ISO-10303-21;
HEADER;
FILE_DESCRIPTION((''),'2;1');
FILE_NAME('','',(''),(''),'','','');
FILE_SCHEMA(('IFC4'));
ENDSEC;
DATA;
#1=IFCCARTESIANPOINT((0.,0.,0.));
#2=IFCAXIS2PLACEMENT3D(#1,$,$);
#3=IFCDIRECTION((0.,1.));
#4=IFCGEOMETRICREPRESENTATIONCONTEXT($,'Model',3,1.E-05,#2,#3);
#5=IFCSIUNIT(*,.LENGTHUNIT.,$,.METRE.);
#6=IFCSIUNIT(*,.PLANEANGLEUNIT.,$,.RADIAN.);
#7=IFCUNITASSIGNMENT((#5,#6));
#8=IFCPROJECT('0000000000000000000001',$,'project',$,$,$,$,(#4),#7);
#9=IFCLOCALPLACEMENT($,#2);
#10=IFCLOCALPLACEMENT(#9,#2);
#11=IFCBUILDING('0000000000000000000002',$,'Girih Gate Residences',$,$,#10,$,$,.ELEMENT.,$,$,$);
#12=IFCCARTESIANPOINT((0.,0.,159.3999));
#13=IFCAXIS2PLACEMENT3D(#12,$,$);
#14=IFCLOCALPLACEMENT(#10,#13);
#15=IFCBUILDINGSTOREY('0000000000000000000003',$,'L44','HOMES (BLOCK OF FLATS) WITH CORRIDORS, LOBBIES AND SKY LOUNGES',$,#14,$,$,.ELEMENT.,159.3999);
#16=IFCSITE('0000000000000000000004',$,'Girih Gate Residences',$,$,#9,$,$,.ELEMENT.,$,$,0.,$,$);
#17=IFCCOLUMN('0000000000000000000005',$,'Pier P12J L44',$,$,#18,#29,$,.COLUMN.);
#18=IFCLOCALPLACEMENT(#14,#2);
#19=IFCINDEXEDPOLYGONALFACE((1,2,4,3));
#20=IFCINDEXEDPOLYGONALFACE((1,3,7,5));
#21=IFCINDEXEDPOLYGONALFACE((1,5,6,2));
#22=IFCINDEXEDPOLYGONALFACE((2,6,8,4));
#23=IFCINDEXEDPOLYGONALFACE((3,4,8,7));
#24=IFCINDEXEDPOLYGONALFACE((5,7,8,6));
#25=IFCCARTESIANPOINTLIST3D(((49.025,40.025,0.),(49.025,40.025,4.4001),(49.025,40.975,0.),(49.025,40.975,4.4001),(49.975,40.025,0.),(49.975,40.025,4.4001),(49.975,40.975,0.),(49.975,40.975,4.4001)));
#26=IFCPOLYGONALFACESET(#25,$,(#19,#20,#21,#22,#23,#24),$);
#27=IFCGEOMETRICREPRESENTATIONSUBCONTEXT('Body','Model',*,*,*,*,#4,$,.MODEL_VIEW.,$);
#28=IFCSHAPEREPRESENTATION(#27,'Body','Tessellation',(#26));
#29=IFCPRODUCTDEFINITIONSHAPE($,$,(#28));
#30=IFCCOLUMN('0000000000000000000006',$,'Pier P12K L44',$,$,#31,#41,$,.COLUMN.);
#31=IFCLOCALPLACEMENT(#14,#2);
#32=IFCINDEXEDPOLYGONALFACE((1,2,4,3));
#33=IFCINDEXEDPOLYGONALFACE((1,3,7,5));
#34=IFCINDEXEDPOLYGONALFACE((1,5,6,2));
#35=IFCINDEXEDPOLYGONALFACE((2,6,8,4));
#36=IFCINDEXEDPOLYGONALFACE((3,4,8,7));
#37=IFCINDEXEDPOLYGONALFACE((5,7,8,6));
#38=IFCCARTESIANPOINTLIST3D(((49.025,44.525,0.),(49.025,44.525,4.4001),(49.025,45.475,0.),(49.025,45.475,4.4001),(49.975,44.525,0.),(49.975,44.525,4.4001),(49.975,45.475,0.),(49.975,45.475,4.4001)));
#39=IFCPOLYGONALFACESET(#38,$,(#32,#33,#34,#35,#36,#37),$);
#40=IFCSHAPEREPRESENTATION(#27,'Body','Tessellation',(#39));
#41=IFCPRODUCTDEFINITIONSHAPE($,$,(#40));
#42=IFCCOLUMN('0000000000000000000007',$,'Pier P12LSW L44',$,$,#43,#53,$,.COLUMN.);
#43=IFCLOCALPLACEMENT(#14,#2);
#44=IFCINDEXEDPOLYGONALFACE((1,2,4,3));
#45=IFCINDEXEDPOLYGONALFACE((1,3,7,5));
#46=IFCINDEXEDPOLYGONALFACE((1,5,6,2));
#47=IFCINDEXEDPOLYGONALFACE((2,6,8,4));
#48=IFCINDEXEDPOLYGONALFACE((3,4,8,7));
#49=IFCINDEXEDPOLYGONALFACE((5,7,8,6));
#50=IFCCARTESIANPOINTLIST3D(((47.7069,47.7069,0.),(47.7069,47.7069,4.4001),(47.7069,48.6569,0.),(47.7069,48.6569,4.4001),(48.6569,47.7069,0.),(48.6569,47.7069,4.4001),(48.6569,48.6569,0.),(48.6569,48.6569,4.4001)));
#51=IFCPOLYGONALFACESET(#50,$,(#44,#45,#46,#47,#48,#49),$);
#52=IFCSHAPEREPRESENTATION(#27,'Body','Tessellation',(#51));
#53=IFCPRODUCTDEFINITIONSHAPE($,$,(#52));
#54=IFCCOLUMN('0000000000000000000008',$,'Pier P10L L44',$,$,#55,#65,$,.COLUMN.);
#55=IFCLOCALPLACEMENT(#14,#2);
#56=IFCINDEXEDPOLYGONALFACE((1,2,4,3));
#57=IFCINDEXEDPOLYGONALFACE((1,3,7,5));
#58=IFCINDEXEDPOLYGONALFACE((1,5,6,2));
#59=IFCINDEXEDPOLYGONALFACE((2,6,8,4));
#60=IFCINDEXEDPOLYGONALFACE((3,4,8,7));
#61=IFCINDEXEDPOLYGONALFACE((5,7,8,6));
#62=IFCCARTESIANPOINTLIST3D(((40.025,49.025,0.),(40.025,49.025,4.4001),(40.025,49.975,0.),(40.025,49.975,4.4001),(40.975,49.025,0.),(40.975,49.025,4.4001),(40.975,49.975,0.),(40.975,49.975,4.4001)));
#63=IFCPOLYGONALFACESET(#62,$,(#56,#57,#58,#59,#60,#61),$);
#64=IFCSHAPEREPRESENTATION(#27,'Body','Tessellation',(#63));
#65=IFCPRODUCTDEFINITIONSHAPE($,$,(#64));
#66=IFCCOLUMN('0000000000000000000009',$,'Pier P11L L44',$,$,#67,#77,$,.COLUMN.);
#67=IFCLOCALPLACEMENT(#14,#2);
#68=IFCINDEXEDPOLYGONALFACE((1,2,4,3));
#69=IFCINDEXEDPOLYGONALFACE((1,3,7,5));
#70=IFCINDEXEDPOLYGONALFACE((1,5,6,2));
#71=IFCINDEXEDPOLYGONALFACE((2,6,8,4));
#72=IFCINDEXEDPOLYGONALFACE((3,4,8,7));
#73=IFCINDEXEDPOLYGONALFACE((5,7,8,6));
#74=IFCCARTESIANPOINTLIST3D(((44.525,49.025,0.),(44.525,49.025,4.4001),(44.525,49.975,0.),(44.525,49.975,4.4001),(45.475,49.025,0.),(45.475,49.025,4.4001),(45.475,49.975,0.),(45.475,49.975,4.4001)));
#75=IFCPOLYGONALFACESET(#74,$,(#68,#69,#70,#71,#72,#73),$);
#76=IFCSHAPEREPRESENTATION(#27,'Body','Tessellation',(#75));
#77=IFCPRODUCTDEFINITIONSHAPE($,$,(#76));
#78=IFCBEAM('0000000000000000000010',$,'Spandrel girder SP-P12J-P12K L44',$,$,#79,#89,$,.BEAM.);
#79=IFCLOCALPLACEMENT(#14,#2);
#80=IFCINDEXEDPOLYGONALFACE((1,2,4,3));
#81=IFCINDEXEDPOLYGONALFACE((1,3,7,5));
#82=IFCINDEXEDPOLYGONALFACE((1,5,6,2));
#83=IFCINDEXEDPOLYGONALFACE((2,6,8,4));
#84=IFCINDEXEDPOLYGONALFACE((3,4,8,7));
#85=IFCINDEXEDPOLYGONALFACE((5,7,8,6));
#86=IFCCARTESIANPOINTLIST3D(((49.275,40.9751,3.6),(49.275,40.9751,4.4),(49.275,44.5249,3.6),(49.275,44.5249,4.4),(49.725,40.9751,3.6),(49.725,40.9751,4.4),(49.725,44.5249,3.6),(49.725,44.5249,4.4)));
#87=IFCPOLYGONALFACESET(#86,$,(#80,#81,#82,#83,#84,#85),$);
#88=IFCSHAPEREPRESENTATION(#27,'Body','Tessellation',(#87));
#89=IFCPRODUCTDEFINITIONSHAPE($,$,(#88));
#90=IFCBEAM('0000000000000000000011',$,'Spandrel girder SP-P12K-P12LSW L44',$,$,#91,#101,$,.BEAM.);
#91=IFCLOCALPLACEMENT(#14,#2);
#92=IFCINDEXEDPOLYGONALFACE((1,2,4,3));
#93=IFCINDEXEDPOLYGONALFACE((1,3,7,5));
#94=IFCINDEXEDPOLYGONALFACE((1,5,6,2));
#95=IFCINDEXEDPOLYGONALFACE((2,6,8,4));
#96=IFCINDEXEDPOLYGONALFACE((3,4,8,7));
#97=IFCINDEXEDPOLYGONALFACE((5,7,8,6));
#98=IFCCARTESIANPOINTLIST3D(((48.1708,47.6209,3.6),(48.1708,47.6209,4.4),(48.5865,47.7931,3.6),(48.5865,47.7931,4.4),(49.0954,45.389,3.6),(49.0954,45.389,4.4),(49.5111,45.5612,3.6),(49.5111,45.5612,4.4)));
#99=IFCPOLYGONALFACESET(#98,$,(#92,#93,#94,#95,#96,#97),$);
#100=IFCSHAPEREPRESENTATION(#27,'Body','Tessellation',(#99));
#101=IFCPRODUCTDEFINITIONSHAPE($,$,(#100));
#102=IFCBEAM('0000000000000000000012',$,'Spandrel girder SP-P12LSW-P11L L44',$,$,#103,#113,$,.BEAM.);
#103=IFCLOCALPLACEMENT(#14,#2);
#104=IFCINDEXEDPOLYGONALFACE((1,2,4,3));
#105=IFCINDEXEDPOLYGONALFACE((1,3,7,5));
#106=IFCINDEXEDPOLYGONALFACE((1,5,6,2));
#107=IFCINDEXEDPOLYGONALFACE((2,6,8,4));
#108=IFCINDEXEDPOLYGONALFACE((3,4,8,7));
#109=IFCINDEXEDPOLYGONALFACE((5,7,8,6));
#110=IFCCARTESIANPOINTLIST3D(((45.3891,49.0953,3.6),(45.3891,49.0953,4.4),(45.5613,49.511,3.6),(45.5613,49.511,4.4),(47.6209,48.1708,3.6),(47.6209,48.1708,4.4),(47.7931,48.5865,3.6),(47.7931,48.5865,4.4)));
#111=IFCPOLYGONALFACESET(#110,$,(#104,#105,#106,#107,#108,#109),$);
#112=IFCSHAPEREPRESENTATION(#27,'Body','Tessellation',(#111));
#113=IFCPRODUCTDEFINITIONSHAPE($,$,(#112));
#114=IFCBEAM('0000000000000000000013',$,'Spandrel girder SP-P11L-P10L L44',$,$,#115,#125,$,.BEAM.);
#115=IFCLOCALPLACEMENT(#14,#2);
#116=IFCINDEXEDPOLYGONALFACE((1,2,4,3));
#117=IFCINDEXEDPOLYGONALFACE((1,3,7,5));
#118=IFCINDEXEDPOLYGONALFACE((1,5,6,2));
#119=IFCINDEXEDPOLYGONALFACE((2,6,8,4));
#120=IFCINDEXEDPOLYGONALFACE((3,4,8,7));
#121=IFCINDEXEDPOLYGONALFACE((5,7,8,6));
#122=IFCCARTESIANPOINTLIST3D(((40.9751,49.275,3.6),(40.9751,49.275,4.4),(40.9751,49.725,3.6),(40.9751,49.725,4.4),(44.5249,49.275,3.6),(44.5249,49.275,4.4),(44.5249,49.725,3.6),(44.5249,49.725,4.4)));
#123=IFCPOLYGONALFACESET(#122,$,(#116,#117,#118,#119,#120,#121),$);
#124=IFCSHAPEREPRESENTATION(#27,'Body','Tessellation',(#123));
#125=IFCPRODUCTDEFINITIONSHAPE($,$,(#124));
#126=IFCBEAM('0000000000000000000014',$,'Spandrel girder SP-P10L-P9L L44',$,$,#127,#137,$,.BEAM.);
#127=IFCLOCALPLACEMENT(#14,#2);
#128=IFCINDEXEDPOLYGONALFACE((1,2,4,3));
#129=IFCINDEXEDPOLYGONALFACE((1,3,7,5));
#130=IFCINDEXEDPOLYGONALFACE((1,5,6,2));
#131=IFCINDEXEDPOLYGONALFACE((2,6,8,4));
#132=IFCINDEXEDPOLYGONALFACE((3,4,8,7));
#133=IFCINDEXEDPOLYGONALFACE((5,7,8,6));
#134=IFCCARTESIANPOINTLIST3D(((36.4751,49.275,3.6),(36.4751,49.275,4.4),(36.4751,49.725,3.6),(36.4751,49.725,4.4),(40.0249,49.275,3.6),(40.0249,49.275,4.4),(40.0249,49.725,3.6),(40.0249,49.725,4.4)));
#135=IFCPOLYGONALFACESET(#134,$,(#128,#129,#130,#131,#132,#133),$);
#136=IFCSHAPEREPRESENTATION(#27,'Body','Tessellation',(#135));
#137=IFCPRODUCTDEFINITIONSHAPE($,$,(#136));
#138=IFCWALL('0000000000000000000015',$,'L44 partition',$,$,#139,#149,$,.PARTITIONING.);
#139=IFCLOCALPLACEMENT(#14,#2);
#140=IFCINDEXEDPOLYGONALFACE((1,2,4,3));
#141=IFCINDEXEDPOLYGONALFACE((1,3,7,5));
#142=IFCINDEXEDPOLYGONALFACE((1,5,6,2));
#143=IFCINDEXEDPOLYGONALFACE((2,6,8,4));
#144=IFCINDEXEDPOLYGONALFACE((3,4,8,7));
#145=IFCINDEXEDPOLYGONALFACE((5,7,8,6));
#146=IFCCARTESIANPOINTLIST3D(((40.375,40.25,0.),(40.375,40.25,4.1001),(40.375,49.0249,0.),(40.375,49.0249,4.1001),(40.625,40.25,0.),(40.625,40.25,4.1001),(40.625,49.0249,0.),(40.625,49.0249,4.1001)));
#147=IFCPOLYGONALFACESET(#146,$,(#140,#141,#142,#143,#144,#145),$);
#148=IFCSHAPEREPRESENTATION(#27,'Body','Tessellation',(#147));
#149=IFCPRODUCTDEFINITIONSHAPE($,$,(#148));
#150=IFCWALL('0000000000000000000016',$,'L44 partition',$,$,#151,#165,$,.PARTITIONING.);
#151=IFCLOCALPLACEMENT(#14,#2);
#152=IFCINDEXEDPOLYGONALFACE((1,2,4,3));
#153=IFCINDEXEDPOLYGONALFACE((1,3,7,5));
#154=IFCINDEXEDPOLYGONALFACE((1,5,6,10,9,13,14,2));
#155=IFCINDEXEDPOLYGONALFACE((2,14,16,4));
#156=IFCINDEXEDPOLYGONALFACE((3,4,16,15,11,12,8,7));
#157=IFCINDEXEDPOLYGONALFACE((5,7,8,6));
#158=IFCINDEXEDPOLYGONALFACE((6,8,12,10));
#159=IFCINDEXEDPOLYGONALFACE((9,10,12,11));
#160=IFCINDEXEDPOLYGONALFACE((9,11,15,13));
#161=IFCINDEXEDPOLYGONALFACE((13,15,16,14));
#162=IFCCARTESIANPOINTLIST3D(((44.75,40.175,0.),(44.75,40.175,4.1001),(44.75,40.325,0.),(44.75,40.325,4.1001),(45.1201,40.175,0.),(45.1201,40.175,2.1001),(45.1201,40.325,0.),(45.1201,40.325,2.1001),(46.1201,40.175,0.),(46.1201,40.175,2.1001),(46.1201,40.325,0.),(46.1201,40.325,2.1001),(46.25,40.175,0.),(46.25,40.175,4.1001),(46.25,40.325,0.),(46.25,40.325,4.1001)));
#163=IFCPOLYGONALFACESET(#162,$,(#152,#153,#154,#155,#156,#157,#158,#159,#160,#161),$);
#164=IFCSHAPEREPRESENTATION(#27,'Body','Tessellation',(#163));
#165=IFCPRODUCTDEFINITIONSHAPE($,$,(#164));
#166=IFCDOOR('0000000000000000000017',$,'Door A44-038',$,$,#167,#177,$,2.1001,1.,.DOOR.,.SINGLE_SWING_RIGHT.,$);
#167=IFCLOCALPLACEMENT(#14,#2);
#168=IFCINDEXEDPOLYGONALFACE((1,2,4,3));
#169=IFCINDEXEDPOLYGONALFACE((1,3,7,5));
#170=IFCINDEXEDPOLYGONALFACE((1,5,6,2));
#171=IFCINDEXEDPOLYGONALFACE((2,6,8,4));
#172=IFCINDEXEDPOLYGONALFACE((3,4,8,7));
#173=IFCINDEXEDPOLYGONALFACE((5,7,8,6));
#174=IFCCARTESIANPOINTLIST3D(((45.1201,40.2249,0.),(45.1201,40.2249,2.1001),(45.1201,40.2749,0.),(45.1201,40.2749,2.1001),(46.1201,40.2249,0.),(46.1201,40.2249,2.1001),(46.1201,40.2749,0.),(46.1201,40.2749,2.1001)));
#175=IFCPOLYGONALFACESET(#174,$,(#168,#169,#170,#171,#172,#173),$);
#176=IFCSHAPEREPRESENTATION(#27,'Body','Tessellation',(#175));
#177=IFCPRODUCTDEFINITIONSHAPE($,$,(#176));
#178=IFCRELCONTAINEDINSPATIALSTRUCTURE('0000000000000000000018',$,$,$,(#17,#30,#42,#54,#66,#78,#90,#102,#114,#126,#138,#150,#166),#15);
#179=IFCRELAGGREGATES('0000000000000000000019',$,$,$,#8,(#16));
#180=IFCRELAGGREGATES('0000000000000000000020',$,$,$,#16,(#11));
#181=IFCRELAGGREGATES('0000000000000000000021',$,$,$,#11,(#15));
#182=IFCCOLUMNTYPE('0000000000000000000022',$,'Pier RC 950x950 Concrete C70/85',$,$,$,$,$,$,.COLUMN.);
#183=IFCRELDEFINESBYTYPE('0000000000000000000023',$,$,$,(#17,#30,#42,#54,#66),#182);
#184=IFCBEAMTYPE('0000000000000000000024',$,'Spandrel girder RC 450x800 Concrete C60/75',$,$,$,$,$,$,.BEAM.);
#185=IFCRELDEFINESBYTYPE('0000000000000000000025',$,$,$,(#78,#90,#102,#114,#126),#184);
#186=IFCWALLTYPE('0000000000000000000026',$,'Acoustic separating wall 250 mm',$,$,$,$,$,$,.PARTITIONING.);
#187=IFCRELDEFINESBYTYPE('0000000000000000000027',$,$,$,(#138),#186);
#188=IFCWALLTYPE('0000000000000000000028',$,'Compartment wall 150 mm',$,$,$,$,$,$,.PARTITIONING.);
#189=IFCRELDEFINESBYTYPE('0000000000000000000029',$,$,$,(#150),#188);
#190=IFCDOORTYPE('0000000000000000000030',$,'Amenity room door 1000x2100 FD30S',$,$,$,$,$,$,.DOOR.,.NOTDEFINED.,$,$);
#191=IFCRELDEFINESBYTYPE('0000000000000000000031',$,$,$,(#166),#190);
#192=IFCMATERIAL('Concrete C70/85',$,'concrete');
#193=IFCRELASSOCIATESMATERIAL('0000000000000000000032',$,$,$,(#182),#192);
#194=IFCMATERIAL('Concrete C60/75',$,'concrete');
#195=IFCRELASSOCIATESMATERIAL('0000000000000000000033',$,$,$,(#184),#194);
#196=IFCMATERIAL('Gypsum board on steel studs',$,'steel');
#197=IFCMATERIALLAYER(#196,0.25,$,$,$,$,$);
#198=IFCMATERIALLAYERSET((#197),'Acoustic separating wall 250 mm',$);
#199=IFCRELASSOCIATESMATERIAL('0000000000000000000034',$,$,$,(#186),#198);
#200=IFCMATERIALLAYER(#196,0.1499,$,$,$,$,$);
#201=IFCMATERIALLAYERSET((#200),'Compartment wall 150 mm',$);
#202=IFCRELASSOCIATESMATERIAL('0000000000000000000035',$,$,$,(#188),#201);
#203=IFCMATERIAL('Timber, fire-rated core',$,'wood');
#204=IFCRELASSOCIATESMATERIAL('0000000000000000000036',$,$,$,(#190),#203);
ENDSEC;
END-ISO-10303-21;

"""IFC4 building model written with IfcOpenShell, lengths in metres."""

from ifc_helpers import new_model, si_unit, direction, frame, frame_2d, origin, origin_2d, place, context, subcontext, project, spatial, rectangle, extrude, material, layer, layer_set, material_profile, profile_set, type_object, element, fill, save


model = new_model("IFC4")

# Units and contexts
model_context = context("Model", 3, precision=1e-05, world=origin(), true_north=direction((0.0, 1.0)))
body_context = subcontext(model_context, "Body", "Model", "MODEL_VIEW")
ifc_project = project(units=[si_unit("LENGTHUNIT", "METRE"), si_unit("PLANEANGLEUNIT", "RADIAN")], contexts=[model_context])

# Site, building, storey
site_placement = place(None, origin())
site = spatial("IfcSite", under=ifc_project, at=site_placement, Name="Girih Gate Residences", CompositionType="ELEMENT", RefElevation=0.0)
building_placement = place(site_placement, origin())
building = spatial("IfcBuilding", under=site, at=building_placement, Name="Girih Gate Residences", CompositionType="ELEMENT")
storey_placement = place(building_placement, frame((0.0, 0.0, 159.3999)))
storey = spatial("IfcBuildingStorey", under=building, at=storey_placement, Name="L44", Description="HOMES (BLOCK OF FLATS) WITH CORRIDORS, LOBBIES AND SKY LOUNGES", CompositionType="ELEMENT", Elevation=159.3999)

# Columns
ifc_material_1 = material(Name="Concrete C70/85", Category="concrete")
ifc_material_profile_1 = material_profile(ifc_material_1, rectangle(XDim=0.95, YDim=0.95, at=origin_2d()))
ifc_profile_set_1 = profile_set([ifc_material_profile_1], Name="Concrete C70/85")
column_type = type_object("IfcColumnType", Name="Pier RC 950x950 Concrete C70/85", PredefinedType="COLUMN", material=ifc_profile_set_1)
for number, where, z_axis, x_axis, name in (
    (1, (49.5, 40.5, 0.0), (0.0, 0.0, 1.0), (1.0, 0.0, 0.0), "Pier P12J L44"),
    (2, (49.5, 45.0, 0.0), (0.0, 0.0, 1.0), (1.0, 0.0, 0.0), "Pier P12K L44"),
    (3, (48.1819, 48.1819, 0.0), (0.0, 0.0, 1.0), (1.0, 0.0, 0.0), "Pier P12LSW L44"),
    (4, (40.5, 49.5, 0.0), (0.0, 0.0, 1.0), (1.0, 0.0, 0.0), "Pier P10L L44"),
    (5, (45.0, 49.5, 0.0), (0.0, 0.0, 1.0), (1.0, 0.0, 0.0), "Pier P11L L44"),
):
    element("IfcColumn", number, at=place(storey_placement, frame(where, z_axis=z_axis, x_axis=x_axis)), inside=storey, type_object=column_type, Name=name, PredefinedType="COLUMN", context=body_context, shape_type="SweptSolid", body=[
        extrude(rectangle(XDim=0.95, YDim=0.95, at=origin_2d()), origin(), (0.0, 0.0, 1.0), 4.4001),
    ])

# Beams
ifc_material_2 = material(Name="Concrete C60/75", Category="concrete")
ifc_material_profile_2 = material_profile(ifc_material_2, rectangle(XDim=0.45, YDim=0.8, at=origin_2d()))
ifc_profile_set_2 = profile_set([ifc_material_profile_2], Name="Concrete C60/75")
beam_type = type_object("IfcBeamType", Name="Spandrel girder RC 450x800 Concrete C60/75", PredefinedType="BEAM", material=ifc_profile_set_2)
beam_placement = place(storey_placement, frame((49.5, 40.9751, 4.0), z_axis=(0.0, 1.0, 0.0), x_axis=(-1.0, 0.0, 0.0)))
element("IfcBeam", 6, at=beam_placement, inside=storey, type_object=beam_type, Name="Spandrel girder SP-P12J-P12K L44", PredefinedType="BEAM", context=body_context, shape_type="SweptSolid", body=[
    extrude(rectangle(XDim=0.45, YDim=0.8, at=origin_2d()), origin(), (0.0, 0.0, 1.0), 3.5498),
])
for number, where, z_axis, x_axis, name in (
    (7, (49.3032, 45.4751, 4.0), (-0.382706, 0.92387, 0.0), (-0.92387, -0.382706, 0.0), "Spandrel girder SP-P12K-P12LSW L44"),
    (8, (47.707, 48.3787, 4.0), (-0.92387, 0.382706, 0.0), (-0.382706, -0.92387, 0.0), "Spandrel girder SP-P12LSW-P11L L44"),
):
    element("IfcBeam", number, at=place(storey_placement, frame(where, z_axis=z_axis, x_axis=x_axis)), inside=storey, type_object=beam_type, Name=name, PredefinedType="BEAM", context=body_context, shape_type="SweptSolid", body=[
        extrude(rectangle(XDim=0.45, YDim=0.8, at=origin_2d()), origin(), (0.0, 0.0, 1.0), 2.4158),
    ])
for number, where, z_axis, x_axis, name in (
    (9, (44.5249, 49.5, 4.0), (-1.0, 0.0, 0.0), (0.0, -1.0, 0.0), "Spandrel girder SP-P11L-P10L L44"),
    (10, (40.0249, 49.5, 4.0), (-1.0, 0.0, 0.0), (0.0, -1.0, 0.0), "Spandrel girder SP-P10L-P9L L44"),
):
    element("IfcBeam", number, at=place(storey_placement, frame(where, z_axis=z_axis, x_axis=x_axis)), inside=storey, type_object=beam_type, Name=name, PredefinedType="BEAM", context=body_context, shape_type="SweptSolid", body=[
        extrude(rectangle(XDim=0.45, YDim=0.8, at=origin_2d()), origin(), (0.0, 0.0, 1.0), 3.5498),
    ])

# Wall
ifc_material_3 = material(Name="Gypsum board on steel studs", Category="steel")
ifc_layer_1 = layer(ifc_material_3, 0.25)
ifc_layer_set_1 = layer_set([ifc_layer_1], Name="Acoustic separating wall 250 mm")
wall_type_1 = type_object("IfcWallType", Name="Acoustic separating wall 250 mm", PredefinedType="PARTITIONING", material=ifc_layer_set_1)
wall_1_placement = place(storey_placement, frame((40.5, 40.25, 0.0), z_axis=(0.0, 0.0, 1.0), x_axis=(0.0, 1.0, 0.0)))
element("IfcWall", 11, at=wall_1_placement, inside=storey, type_object=wall_type_1, Name="L44 partition", PredefinedType="PARTITIONING", context=body_context, shape_type="SweptSolid", body=[
    extrude(rectangle(XDim=8.7749, YDim=0.25, at=frame_2d((4.3875, 0.0))), origin(), (0.0, 0.0, 1.0), 4.1001),
])

# Wall, opening, door
ifc_layer_2 = layer(ifc_material_3, 0.1499)
ifc_layer_set_2 = layer_set([ifc_layer_2], Name="Compartment wall 150 mm")
wall_type_2 = type_object("IfcWallType", Name="Compartment wall 150 mm", PredefinedType="PARTITIONING", material=ifc_layer_set_2)
wall_2_placement = place(storey_placement, frame((44.75, 40.25, 0.0), z_axis=(0.0, 0.0, 1.0), x_axis=(1.0, 0.0, 0.0)))
wall_2 = element("IfcWall", 12, at=wall_2_placement, inside=storey, type_object=wall_type_2, Name="L44 partition", PredefinedType="PARTITIONING", context=body_context, shape_type="SweptSolid", body=[
    extrude(rectangle(XDim=1.5, YDim=0.1499, at=frame_2d((0.75, 0.0))), origin(), (0.0, 0.0, 1.0), 4.1001),
])
opening_1_placement = place(wall_2_placement, frame((0.3701, 0.0, 0.0)))
opening_1 = element("IfcOpeningElement", 13, at=opening_1_placement, cuts=wall_2, PredefinedType="OPENING", context=body_context, shape_type="SweptSolid", body=[
    extrude(rectangle(XDim=1.0, YDim=2.1001, at=frame_2d((0.5, 1.05))), frame((0.0, 0.085, 0.0), z_axis=(0.0, -1.0, 0.0), x_axis=(1.0, 0.0, 0.0)), (0.0, 0.0, 1.0), 0.1699),
])
ifc_material_4 = material(Name="Timber, fire-rated core", Category="wood")
door_type_1 = type_object("IfcDoorType", Name="Amenity room door 1000x2100 FD30S", OperationType="NOTDEFINED", PredefinedType="DOOR", material=ifc_material_4)
door_1_placement = place(opening_1_placement, origin())
door_1 = element("IfcDoor", 14, at=door_1_placement, inside=storey, type_object=door_type_1, Name="Door A44-038", OperationType="SINGLE_SWING_RIGHT", OverallHeight=2.1001, OverallWidth=1.0, PredefinedType="DOOR", context=body_context, shape_type="SweptSolid", body=[
    extrude(rectangle(XDim=1.0, YDim=2.1001, at=frame_2d((0.5, 1.05))), frame((0.0, 0.0249, 0.0), z_axis=(0.0, -1.0, 0.0), x_axis=(1.0, 0.0, 0.0)), (0.0, 0.0, 1.0), 0.05),
])
fill(opening_1, door_1)

save(model, "model.ifc")
